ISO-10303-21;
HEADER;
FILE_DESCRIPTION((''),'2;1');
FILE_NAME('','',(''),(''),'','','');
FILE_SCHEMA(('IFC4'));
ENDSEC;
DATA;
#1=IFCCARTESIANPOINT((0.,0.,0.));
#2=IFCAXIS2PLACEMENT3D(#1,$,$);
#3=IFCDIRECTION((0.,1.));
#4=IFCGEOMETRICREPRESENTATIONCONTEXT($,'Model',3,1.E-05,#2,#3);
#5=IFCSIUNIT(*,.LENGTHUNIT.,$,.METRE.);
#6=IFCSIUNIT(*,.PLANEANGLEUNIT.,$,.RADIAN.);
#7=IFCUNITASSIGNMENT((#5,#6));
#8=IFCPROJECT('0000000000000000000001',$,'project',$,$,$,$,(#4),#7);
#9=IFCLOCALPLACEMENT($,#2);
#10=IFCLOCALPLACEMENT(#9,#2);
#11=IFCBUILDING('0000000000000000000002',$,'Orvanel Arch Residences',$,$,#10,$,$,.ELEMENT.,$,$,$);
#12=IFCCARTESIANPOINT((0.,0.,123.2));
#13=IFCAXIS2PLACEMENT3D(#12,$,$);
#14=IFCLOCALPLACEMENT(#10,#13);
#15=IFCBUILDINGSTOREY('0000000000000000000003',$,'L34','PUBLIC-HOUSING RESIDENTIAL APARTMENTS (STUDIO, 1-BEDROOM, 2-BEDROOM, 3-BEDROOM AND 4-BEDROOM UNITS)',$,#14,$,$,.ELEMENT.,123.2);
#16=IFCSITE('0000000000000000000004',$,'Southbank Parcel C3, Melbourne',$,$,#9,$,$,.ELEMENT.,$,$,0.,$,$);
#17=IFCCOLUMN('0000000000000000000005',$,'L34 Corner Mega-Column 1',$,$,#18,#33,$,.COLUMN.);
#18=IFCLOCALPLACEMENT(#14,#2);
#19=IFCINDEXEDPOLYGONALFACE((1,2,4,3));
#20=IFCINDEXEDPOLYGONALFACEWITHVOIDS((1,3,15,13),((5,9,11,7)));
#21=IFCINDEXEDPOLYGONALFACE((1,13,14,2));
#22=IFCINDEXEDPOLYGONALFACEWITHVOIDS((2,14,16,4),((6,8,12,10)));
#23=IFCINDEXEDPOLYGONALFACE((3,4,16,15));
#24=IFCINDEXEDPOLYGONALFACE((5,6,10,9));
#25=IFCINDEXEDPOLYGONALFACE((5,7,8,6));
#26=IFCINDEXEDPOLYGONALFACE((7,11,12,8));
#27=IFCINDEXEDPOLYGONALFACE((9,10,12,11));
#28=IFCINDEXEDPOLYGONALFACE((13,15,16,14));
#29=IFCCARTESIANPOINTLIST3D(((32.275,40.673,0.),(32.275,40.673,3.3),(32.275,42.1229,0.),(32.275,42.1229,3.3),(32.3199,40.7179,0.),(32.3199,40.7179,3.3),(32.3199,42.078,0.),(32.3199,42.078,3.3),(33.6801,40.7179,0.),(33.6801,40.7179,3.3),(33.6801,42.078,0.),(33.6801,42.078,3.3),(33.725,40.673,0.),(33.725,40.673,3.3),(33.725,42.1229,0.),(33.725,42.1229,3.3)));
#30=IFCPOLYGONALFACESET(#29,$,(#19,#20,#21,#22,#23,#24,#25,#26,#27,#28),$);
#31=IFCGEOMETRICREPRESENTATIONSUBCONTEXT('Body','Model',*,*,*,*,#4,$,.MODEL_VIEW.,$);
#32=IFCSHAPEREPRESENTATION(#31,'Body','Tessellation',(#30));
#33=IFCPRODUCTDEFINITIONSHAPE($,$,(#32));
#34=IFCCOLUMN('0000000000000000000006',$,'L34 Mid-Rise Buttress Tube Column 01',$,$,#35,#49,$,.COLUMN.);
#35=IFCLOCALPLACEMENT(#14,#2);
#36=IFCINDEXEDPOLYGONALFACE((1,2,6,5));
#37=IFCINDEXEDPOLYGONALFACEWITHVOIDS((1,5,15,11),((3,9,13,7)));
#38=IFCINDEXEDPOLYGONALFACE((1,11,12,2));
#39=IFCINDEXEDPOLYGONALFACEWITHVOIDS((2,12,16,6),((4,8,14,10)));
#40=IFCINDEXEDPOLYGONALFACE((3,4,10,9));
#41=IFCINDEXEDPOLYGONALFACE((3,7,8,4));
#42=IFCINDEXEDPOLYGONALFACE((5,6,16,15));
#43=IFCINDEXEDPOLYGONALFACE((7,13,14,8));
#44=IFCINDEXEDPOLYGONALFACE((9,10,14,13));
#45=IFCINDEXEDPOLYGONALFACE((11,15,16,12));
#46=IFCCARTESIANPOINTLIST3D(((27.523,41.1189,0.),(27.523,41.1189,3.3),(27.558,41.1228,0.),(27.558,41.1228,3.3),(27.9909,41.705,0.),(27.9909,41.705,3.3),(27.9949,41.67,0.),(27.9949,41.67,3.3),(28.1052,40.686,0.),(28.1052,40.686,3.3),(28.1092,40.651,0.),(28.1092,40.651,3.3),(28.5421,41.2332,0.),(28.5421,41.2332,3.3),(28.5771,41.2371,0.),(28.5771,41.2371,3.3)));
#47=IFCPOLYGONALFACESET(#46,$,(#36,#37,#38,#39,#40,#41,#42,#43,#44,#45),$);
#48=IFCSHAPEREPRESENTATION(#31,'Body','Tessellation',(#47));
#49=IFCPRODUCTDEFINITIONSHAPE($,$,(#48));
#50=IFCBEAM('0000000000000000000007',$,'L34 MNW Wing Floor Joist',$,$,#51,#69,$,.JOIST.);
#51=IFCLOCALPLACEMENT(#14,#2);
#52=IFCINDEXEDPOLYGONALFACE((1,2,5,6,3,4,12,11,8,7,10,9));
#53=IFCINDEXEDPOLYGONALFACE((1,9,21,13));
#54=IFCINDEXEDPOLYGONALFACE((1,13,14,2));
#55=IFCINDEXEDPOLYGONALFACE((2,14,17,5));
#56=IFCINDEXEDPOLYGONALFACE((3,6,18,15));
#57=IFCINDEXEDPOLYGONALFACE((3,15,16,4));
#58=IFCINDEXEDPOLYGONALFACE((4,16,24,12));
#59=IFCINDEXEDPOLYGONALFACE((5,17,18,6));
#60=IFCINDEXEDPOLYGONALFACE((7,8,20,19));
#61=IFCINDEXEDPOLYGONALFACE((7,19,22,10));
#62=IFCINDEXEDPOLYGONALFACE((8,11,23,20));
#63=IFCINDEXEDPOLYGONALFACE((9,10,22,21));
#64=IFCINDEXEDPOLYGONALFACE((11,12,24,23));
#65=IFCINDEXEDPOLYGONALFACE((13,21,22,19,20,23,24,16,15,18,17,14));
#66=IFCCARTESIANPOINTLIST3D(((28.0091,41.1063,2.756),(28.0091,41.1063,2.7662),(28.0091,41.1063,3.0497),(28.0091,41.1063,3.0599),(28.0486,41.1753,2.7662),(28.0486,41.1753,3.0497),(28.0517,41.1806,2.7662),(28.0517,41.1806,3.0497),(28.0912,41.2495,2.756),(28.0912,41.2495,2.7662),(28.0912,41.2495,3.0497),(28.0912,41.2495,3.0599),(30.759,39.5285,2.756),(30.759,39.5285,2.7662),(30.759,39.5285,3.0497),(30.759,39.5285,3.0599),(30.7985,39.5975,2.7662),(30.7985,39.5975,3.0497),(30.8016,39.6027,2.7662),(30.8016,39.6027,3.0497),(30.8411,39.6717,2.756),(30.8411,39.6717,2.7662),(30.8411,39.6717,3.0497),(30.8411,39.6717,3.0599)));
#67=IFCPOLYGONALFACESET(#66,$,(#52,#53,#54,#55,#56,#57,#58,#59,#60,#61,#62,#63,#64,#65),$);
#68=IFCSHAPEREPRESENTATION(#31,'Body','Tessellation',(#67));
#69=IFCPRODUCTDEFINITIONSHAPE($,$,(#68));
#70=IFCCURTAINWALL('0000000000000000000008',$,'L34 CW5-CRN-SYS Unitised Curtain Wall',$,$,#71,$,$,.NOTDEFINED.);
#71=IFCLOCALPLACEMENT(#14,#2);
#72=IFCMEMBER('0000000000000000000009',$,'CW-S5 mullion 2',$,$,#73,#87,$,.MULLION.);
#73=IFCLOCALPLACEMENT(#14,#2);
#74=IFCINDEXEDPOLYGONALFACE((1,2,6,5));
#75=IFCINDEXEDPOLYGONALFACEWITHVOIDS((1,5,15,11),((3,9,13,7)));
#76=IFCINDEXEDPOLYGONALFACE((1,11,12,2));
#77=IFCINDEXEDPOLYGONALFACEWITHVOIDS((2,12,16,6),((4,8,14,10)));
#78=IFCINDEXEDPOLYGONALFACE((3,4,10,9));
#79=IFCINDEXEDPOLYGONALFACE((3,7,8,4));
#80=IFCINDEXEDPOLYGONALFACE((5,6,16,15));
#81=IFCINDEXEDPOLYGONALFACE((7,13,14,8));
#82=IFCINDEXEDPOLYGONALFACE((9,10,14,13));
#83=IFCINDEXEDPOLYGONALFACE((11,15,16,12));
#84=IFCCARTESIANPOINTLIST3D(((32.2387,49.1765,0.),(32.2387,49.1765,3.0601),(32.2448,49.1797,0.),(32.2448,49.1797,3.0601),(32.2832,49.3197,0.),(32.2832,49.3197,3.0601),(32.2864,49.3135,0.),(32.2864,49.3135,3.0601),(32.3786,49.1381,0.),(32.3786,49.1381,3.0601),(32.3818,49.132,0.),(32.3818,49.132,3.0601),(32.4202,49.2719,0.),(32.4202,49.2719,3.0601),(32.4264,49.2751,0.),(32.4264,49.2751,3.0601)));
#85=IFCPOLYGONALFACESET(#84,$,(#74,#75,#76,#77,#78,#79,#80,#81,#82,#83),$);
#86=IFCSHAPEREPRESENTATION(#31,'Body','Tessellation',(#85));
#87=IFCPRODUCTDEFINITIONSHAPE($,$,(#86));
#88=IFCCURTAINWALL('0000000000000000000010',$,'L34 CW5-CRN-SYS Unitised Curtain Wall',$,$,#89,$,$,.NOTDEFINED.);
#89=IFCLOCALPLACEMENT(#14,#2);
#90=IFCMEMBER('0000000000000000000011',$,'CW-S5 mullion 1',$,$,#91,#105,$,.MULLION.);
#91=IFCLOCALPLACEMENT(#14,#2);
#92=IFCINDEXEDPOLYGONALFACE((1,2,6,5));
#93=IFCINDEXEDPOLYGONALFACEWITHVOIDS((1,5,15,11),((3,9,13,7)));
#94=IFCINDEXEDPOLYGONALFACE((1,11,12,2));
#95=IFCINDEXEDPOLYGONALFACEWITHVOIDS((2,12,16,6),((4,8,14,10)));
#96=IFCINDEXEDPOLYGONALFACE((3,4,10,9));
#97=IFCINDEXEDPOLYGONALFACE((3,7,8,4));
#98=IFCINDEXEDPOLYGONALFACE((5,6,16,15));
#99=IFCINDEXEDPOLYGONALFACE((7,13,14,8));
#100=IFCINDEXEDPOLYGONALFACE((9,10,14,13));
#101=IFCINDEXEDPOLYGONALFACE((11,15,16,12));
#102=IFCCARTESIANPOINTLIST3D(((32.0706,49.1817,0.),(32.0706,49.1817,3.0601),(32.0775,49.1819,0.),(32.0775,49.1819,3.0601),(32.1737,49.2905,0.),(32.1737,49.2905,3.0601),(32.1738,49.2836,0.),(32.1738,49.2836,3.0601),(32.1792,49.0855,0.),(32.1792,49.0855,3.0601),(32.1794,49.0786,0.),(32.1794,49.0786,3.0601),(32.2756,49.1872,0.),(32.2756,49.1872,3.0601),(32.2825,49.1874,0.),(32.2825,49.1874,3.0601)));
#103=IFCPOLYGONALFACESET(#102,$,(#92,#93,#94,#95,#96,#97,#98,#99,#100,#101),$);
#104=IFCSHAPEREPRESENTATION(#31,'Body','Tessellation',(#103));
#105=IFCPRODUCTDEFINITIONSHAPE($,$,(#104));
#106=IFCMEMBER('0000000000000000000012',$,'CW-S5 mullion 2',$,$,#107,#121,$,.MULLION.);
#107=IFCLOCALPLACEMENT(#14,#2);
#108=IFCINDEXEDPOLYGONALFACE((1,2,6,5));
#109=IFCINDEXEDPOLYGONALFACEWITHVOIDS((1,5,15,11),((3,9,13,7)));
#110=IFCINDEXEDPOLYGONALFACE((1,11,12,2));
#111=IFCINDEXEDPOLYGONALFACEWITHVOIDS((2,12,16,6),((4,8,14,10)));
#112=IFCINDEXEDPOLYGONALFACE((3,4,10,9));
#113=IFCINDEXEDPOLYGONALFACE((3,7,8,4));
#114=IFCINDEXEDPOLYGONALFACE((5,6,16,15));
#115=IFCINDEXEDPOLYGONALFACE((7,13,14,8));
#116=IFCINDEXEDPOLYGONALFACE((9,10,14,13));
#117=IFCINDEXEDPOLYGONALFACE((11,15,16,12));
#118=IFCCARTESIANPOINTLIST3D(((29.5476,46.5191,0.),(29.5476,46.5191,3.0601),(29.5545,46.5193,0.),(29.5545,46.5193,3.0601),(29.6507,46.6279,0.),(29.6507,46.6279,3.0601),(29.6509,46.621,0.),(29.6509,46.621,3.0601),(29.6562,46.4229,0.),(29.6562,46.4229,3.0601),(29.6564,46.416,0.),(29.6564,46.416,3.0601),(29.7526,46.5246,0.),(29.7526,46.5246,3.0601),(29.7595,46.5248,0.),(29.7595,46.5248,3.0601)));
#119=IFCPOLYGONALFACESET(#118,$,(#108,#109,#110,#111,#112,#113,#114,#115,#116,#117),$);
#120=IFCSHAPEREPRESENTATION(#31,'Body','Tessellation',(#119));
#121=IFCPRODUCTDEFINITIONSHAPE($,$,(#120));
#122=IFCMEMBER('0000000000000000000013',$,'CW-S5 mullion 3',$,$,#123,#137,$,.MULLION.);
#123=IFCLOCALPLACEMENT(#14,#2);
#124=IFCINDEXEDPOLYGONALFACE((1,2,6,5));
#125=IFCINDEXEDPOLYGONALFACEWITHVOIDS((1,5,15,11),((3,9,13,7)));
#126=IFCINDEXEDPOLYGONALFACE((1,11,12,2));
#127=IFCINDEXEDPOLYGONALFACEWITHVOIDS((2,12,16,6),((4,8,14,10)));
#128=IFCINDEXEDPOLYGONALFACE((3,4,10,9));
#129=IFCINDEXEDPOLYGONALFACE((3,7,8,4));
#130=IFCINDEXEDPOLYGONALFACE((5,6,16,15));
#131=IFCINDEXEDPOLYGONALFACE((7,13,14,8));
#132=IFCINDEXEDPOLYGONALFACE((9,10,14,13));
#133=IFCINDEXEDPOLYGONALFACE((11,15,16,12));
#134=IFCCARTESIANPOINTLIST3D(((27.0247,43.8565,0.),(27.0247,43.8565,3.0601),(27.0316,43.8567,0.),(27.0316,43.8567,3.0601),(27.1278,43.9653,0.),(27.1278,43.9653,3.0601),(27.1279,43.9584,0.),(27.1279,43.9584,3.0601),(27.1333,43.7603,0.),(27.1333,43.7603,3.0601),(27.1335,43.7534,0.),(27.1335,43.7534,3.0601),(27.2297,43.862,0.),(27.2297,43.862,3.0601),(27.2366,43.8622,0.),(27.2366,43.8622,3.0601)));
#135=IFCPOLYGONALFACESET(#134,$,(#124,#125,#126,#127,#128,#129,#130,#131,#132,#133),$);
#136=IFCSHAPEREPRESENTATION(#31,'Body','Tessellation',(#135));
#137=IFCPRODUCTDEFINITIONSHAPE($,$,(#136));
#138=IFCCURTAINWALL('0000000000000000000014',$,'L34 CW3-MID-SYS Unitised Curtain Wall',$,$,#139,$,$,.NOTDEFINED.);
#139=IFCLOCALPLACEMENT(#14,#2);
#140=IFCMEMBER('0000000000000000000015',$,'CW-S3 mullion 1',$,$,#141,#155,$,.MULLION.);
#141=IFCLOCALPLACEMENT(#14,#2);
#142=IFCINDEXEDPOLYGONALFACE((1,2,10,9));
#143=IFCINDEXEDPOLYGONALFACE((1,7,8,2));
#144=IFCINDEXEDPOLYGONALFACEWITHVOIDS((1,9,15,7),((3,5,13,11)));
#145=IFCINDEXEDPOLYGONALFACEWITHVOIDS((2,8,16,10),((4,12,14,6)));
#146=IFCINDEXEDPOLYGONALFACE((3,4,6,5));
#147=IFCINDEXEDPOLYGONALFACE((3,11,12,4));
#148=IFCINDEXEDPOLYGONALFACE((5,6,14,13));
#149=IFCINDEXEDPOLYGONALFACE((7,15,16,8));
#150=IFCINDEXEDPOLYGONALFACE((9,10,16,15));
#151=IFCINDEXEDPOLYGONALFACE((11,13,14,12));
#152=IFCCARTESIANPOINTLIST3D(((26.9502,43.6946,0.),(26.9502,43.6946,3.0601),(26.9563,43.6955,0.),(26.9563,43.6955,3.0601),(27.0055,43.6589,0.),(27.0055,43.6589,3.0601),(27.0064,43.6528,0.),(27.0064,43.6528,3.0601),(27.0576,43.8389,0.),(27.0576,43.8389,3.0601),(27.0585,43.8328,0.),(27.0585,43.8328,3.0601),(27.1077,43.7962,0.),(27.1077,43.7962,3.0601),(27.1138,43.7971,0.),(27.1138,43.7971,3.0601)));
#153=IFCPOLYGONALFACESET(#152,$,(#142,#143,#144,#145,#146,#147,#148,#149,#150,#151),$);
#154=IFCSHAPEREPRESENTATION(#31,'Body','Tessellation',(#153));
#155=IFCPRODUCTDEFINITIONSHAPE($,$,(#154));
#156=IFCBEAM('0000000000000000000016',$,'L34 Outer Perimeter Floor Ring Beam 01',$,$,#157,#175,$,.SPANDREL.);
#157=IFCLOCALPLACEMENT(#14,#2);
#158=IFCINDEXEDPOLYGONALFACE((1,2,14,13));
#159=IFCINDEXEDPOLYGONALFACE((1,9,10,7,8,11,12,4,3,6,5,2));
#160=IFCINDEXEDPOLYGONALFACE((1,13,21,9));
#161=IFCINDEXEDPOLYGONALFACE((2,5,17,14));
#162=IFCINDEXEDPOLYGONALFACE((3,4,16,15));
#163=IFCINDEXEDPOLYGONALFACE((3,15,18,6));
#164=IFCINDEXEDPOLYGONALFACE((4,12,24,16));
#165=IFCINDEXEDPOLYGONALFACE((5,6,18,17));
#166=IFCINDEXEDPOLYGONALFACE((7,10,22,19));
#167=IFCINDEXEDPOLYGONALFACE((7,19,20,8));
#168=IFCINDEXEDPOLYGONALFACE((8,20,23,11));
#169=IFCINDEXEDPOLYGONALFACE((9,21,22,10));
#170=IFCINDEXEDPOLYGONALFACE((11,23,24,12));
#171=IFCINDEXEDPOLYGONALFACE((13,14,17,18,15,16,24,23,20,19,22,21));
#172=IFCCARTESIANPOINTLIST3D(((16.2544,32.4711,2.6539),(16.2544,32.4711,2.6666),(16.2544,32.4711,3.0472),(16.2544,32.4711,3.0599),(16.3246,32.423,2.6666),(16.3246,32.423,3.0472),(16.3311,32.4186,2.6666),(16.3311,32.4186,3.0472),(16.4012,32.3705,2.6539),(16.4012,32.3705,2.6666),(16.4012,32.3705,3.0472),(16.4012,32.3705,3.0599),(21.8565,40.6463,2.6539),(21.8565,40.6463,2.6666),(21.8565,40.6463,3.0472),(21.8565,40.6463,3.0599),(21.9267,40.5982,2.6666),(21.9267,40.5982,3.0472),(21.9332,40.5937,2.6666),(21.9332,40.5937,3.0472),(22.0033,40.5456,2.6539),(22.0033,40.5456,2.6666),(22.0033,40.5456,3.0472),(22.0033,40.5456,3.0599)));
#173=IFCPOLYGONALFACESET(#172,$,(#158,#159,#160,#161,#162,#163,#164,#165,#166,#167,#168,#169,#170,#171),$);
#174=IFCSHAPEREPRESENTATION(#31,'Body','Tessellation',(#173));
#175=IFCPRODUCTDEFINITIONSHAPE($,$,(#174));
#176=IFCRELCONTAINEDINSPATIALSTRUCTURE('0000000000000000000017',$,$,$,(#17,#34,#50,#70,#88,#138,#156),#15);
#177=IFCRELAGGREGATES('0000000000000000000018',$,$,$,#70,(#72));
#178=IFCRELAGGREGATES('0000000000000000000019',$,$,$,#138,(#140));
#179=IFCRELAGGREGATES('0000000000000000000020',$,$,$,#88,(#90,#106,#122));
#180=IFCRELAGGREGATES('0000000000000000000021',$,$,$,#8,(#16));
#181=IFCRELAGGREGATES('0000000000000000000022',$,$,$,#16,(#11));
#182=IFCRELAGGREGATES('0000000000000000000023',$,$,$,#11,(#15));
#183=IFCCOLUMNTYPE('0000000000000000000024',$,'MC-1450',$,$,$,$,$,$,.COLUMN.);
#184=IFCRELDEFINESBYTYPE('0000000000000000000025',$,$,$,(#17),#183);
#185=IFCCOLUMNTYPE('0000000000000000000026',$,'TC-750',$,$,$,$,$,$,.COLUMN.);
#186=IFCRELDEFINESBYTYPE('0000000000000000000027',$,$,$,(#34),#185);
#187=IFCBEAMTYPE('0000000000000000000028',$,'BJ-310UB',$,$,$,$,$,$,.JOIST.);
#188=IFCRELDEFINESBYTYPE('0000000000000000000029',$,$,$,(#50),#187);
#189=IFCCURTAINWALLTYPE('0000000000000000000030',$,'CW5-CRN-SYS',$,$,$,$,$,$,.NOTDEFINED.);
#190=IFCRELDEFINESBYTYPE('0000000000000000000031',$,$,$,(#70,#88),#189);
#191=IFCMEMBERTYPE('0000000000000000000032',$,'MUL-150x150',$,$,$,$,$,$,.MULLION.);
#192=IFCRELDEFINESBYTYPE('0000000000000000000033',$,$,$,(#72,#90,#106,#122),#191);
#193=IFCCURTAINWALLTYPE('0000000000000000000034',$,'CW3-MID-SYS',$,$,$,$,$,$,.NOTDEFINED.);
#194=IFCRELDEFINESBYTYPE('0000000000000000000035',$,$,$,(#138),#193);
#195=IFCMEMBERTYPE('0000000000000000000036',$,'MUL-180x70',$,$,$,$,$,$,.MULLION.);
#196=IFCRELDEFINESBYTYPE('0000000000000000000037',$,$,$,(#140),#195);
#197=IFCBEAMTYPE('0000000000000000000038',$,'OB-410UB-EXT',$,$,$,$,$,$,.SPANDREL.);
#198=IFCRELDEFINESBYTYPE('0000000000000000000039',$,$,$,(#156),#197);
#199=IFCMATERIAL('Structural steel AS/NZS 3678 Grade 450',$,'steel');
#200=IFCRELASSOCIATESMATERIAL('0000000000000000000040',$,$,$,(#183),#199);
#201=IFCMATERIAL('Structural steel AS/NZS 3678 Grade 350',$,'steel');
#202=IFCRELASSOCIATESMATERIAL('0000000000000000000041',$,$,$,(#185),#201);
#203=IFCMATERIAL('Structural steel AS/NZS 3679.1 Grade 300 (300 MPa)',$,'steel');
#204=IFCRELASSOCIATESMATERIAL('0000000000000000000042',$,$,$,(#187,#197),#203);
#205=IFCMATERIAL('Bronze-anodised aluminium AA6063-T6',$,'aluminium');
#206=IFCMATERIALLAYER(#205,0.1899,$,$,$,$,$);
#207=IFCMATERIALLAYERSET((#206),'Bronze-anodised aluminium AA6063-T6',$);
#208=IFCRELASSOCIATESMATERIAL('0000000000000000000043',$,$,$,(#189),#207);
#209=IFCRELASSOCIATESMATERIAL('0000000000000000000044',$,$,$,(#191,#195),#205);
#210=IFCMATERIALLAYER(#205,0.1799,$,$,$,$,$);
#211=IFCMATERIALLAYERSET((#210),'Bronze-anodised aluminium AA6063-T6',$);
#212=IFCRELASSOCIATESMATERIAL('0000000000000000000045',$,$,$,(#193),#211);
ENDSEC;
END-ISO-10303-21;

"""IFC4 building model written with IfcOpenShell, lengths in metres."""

from ifc_helpers import new_model, si_unit, direction, frame, origin, origin_2d, place, context, subcontext, project, spatial, hollow_rectangle, i_section, extrude, material, layer, layer_set, material_profile, profile_set, type_object, element, aggregate, save


model = new_model("IFC4")

# Units and contexts
model_context = context("Model", 3, precision=1e-05, world=origin(), true_north=direction((0.0, 1.0)))
body_context = subcontext(model_context, "Body", "Model", "MODEL_VIEW")
ifc_project = project(units=[si_unit("LENGTHUNIT", "METRE"), si_unit("PLANEANGLEUNIT", "RADIAN")], contexts=[model_context])

# Site, building, storey
site_placement = place(None, origin())
site = spatial("IfcSite", under=ifc_project, at=site_placement, Name="Southbank Parcel C3, Melbourne", CompositionType="ELEMENT", RefElevation=0.0)
building_placement = place(site_placement, origin())
building = spatial("IfcBuilding", under=site, at=building_placement, Name="Orvanel Arch Residences", CompositionType="ELEMENT")
storey_placement = place(building_placement, frame((0.0, 0.0, 123.2)))
storey = spatial("IfcBuildingStorey", under=building, at=storey_placement, Name="L34", Description="PUBLIC-HOUSING RESIDENTIAL APARTMENTS (STUDIO, 1-BEDROOM, 2-BEDROOM, 3-BEDROOM AND 4-BEDROOM UNITS)", CompositionType="ELEMENT", Elevation=123.2)

# Columns
ifc_material_1 = material(Name="Structural steel AS/NZS 3678 Grade 450", Category="steel")
ifc_material_profile_1 = material_profile(ifc_material_1, hollow_rectangle(XDim=1.45, YDim=1.45, WallThickness=0.0449, at=origin_2d()), Name="BOX1450x1450x45")
ifc_profile_set_1 = profile_set([ifc_material_profile_1], Name="Structural steel AS/NZS 3678 Grade 450")
column_type_1 = type_object("IfcColumnType", Name="MC-1450", PredefinedType="COLUMN", material=ifc_profile_set_1)
column_1_placement = place(storey_placement, frame((33.0, 41.3979, 0.0), z_axis=(0.0, 0.0, 1.0), x_axis=(1.0, 0.0, 0.0)))
element("IfcColumn", 1, at=column_1_placement, inside=storey, type_object=column_type_1, Name="L34 Corner Mega-Column 1", PredefinedType="COLUMN", context=body_context, shape_type="SweptSolid", body=[
    extrude(hollow_rectangle(XDim=1.45, YDim=1.45, WallThickness=0.0449, at=origin_2d()), origin(), (0.0, 0.0, 1.0), 3.3),
])
ifc_material_2 = material(Name="Structural steel AS/NZS 3678 Grade 350", Category="steel")
ifc_material_profile_2 = material_profile(ifc_material_2, hollow_rectangle(XDim=0.75, YDim=0.75, WallThickness=0.0249, at=origin_2d()), Name="BOX750x750x25")
ifc_profile_set_2 = profile_set([ifc_material_profile_2], Name="Structural steel AS/NZS 3678 Grade 350")
column_type_2 = type_object("IfcColumnType", Name="TC-750", PredefinedType="COLUMN", material=ifc_profile_set_2)
column_2_placement = place(storey_placement, frame((28.05, 41.178, 0.0), z_axis=(0.0, 0.0, 1.0), x_axis=(0.62388, 0.78152, 0.0)))
element("IfcColumn", 2, at=column_2_placement, inside=storey, type_object=column_type_2, Name="L34 Mid-Rise Buttress Tube Column 01", PredefinedType="COLUMN", context=body_context, shape_type="SweptSolid", body=[
    extrude(hollow_rectangle(XDim=0.75, YDim=0.75, WallThickness=0.0249, at=origin_2d()), origin(), (0.0, 0.0, 1.0), 3.3),
])

# Beam
ifc_material_3 = material(Name="Structural steel AS/NZS 3679.1 Grade 300 (300 MPa)", Category="steel")
ifc_material_profile_3 = material_profile(ifc_material_3, i_section(OverallWidth=0.165, OverallDepth=0.304, WebThickness=0.0061, FlangeThickness=0.0103, at=origin_2d()), Name="310UB40.4")
ifc_profile_set_3 = profile_set([ifc_material_profile_3], Name="Structural steel AS/NZS 3679.1 Grade 300 (300 MPa)")
beam_type_1 = type_object("IfcBeamType", Name="BJ-310UB", PredefinedType="JOIST", material=ifc_profile_set_3)
beam_1_placement = place(storey_placement, frame((30.8, 39.6001, 2.908), z_axis=(-0.867365, 0.497672, 0.0), x_axis=(-0.497672, -0.867365, 0.0)))
element("IfcBeam", 3, at=beam_1_placement, inside=storey, type_object=beam_type_1, Name="L34 MNW Wing Floor Joist", PredefinedType="JOIST", context=body_context, shape_type="SweptSolid", body=[
    extrude(i_section(OverallWidth=0.165, OverallDepth=0.304, WebThickness=0.0061, FlangeThickness=0.0103, at=origin_2d()), origin(), (0.0, 0.0, 1.0), 3.1704),
])

# Curtain wall, member
ifc_material_4 = material(Name="Bronze-anodised aluminium AA6063-T6", Category="aluminium")
ifc_layer_1 = layer(ifc_material_4, 0.1899)
ifc_layer_set_1 = layer_set([ifc_layer_1], Name="Bronze-anodised aluminium AA6063-T6")
curtain_wall_type_1 = type_object("IfcCurtainWallType", Name="CW5-CRN-SYS", PredefinedType="NOTDEFINED", material=ifc_layer_set_1)
curtain_wall_1_placement = place(storey_placement, origin())
curtain_wall_1 = element("IfcCurtainWall", 4, at=curtain_wall_1_placement, inside=storey, type_object=curtain_wall_type_1, Name="L34 CW5-CRN-SYS Unitised Curtain Wall", PredefinedType="NOTDEFINED")
ifc_material_profile_4 = material_profile(ifc_material_4, hollow_rectangle(XDim=0.1499, YDim=0.1499, WallThickness=0.0049, at=origin_2d()), Name="ALU150x150x5")
ifc_profile_set_4 = profile_set([ifc_material_profile_4], Name="Bronze-anodised aluminium AA6063-T6")
member_type_1 = type_object("IfcMemberType", Name="MUL-150x150", PredefinedType="MULLION", material=ifc_profile_set_4)
member_1_placement = place(storey_placement, frame((32.3325, 49.2258, 0.0), z_axis=(0.0, 0.0, 1.0), x_axis=(-0.297021, -0.954871, 0.0)))
member_1 = element("IfcMember", 5, at=member_1_placement, type_object=member_type_1, Name="CW-S5 mullion 2", PredefinedType="MULLION", context=body_context, shape_type="SweptSolid", body=[
    extrude(hollow_rectangle(XDim=0.1499, YDim=0.1499, WallThickness=0.0049, at=origin_2d()), origin(), (0.0, 0.0, 1.0), 3.0601),
])
aggregate(curtain_wall_1, [member_1])

# Curtain wall, members
curtain_wall_2_placement = place(storey_placement, origin())
curtain_wall_2 = element("IfcCurtainWall", 6, at=curtain_wall_2_placement, inside=storey, type_object=curtain_wall_type_1, Name="L34 CW5-CRN-SYS Unitised Curtain Wall", PredefinedType="NOTDEFINED")
member_2_placement = place(storey_placement, frame((32.1765, 49.1846, 0.0), z_axis=(0.0, 0.0, 1.0), x_axis=(0.725886, -0.687815, 0.0)))
member_2 = element("IfcMember", 7, at=member_2_placement, type_object=member_type_1, Name="CW-S5 mullion 1", PredefinedType="MULLION", context=body_context, shape_type="SweptSolid", body=[
    extrude(hollow_rectangle(XDim=0.1499, YDim=0.1499, WallThickness=0.0049, at=origin_2d()), origin(), (0.0, 0.0, 1.0), 3.0601),
])
member_3_placement = place(storey_placement, frame((29.6536, 46.522, 0.0), z_axis=(0.0, 0.0, 1.0), x_axis=(0.725886, -0.687815, 0.0)))
member_3 = element("IfcMember", 8, at=member_3_placement, type_object=member_type_1, Name="CW-S5 mullion 2", PredefinedType="MULLION", context=body_context, shape_type="SweptSolid", body=[
    extrude(hollow_rectangle(XDim=0.1499, YDim=0.1499, WallThickness=0.0049, at=origin_2d()), origin(), (0.0, 0.0, 1.0), 3.0601),
])
member_4_placement = place(storey_placement, frame((27.1306, 43.8594, 0.0), z_axis=(0.0, 0.0, 1.0), x_axis=(0.725886, -0.687815, 0.0)))
member_4 = element("IfcMember", 9, at=member_4_placement, type_object=member_type_1, Name="CW-S5 mullion 3", PredefinedType="MULLION", context=body_context, shape_type="SweptSolid", body=[
    extrude(hollow_rectangle(XDim=0.1499, YDim=0.1499, WallThickness=0.0049, at=origin_2d()), origin(), (0.0, 0.0, 1.0), 3.0601),
])

# Curtain wall, member
ifc_layer_2 = layer(ifc_material_4, 0.1799)
ifc_layer_set_2 = layer_set([ifc_layer_2], Name="Bronze-anodised aluminium AA6063-T6")
curtain_wall_type_2 = type_object("IfcCurtainWallType", Name="CW3-MID-SYS", PredefinedType="NOTDEFINED", material=ifc_layer_set_2)
curtain_wall_3_placement = place(storey_placement, origin())
curtain_wall_3 = element("IfcCurtainWall", 10, at=curtain_wall_3_placement, inside=storey, type_object=curtain_wall_type_2, Name="L34 CW3-MID-SYS Unitised Curtain Wall", PredefinedType="NOTDEFINED")
ifc_material_profile_5 = material_profile(ifc_material_4, hollow_rectangle(XDim=0.0701, YDim=0.1799, WallThickness=0.0044, at=origin_2d()), Name="ALU180x70x4.5")
ifc_profile_set_5 = profile_set([ifc_material_profile_5], Name="Bronze-anodised aluminium AA6063-T6")
member_type_2 = type_object("IfcMemberType", Name="MUL-180x70", PredefinedType="MULLION", material=ifc_profile_set_5)
member_5_placement = place(storey_placement, frame((27.032, 43.7458, 0.0), z_axis=(0.0, 0.0, 1.0), x_axis=(0.802116, -0.597168, 0.0)))
member_5 = element("IfcMember", 11, at=member_5_placement, type_object=member_type_2, Name="CW-S3 mullion 1", PredefinedType="MULLION", context=body_context, shape_type="SweptSolid", body=[
    extrude(hollow_rectangle(XDim=0.0701, YDim=0.1799, WallThickness=0.0044, at=origin_2d()), origin(), (0.0, 0.0, 1.0), 3.0601),
])

# Beam
ifc_material_profile_6 = material_profile(ifc_material_3, i_section(OverallWidth=0.178, OverallDepth=0.406, WebThickness=0.0078, FlangeThickness=0.0127, at=origin_2d()), Name="410UB59.7")
ifc_profile_set_6 = profile_set([ifc_material_profile_6], Name="Structural steel AS/NZS 3679.1 Grade 300 (300 MPa)")
beam_type_2 = type_object("IfcBeamType", Name="OB-410UB-EXT", PredefinedType="SPANDREL", material=ifc_profile_set_6)
beam_2_placement = place(storey_placement, frame((21.9299, 40.5959, 2.8569), z_axis=(-0.565275, -0.824903, 0.0), x_axis=(0.824903, -0.565275, 0.0)))
element("IfcBeam", 12, at=beam_2_placement, inside=storey, type_object=beam_type_2, Name="L34 Outer Perimeter Floor Ring Beam 01", PredefinedType="SPANDREL", context=body_context, shape_type="SweptSolid", body=[
    extrude(i_section(OverallWidth=0.178, OverallDepth=0.406, WebThickness=0.0078, FlangeThickness=0.0127, at=origin_2d()), origin(), (0.0, 0.0, 1.0), 9.9104),
])

aggregate(curtain_wall_3, [member_5])
aggregate(curtain_wall_2, [member_2, member_3, member_4])

save(model, "model.ifc")
